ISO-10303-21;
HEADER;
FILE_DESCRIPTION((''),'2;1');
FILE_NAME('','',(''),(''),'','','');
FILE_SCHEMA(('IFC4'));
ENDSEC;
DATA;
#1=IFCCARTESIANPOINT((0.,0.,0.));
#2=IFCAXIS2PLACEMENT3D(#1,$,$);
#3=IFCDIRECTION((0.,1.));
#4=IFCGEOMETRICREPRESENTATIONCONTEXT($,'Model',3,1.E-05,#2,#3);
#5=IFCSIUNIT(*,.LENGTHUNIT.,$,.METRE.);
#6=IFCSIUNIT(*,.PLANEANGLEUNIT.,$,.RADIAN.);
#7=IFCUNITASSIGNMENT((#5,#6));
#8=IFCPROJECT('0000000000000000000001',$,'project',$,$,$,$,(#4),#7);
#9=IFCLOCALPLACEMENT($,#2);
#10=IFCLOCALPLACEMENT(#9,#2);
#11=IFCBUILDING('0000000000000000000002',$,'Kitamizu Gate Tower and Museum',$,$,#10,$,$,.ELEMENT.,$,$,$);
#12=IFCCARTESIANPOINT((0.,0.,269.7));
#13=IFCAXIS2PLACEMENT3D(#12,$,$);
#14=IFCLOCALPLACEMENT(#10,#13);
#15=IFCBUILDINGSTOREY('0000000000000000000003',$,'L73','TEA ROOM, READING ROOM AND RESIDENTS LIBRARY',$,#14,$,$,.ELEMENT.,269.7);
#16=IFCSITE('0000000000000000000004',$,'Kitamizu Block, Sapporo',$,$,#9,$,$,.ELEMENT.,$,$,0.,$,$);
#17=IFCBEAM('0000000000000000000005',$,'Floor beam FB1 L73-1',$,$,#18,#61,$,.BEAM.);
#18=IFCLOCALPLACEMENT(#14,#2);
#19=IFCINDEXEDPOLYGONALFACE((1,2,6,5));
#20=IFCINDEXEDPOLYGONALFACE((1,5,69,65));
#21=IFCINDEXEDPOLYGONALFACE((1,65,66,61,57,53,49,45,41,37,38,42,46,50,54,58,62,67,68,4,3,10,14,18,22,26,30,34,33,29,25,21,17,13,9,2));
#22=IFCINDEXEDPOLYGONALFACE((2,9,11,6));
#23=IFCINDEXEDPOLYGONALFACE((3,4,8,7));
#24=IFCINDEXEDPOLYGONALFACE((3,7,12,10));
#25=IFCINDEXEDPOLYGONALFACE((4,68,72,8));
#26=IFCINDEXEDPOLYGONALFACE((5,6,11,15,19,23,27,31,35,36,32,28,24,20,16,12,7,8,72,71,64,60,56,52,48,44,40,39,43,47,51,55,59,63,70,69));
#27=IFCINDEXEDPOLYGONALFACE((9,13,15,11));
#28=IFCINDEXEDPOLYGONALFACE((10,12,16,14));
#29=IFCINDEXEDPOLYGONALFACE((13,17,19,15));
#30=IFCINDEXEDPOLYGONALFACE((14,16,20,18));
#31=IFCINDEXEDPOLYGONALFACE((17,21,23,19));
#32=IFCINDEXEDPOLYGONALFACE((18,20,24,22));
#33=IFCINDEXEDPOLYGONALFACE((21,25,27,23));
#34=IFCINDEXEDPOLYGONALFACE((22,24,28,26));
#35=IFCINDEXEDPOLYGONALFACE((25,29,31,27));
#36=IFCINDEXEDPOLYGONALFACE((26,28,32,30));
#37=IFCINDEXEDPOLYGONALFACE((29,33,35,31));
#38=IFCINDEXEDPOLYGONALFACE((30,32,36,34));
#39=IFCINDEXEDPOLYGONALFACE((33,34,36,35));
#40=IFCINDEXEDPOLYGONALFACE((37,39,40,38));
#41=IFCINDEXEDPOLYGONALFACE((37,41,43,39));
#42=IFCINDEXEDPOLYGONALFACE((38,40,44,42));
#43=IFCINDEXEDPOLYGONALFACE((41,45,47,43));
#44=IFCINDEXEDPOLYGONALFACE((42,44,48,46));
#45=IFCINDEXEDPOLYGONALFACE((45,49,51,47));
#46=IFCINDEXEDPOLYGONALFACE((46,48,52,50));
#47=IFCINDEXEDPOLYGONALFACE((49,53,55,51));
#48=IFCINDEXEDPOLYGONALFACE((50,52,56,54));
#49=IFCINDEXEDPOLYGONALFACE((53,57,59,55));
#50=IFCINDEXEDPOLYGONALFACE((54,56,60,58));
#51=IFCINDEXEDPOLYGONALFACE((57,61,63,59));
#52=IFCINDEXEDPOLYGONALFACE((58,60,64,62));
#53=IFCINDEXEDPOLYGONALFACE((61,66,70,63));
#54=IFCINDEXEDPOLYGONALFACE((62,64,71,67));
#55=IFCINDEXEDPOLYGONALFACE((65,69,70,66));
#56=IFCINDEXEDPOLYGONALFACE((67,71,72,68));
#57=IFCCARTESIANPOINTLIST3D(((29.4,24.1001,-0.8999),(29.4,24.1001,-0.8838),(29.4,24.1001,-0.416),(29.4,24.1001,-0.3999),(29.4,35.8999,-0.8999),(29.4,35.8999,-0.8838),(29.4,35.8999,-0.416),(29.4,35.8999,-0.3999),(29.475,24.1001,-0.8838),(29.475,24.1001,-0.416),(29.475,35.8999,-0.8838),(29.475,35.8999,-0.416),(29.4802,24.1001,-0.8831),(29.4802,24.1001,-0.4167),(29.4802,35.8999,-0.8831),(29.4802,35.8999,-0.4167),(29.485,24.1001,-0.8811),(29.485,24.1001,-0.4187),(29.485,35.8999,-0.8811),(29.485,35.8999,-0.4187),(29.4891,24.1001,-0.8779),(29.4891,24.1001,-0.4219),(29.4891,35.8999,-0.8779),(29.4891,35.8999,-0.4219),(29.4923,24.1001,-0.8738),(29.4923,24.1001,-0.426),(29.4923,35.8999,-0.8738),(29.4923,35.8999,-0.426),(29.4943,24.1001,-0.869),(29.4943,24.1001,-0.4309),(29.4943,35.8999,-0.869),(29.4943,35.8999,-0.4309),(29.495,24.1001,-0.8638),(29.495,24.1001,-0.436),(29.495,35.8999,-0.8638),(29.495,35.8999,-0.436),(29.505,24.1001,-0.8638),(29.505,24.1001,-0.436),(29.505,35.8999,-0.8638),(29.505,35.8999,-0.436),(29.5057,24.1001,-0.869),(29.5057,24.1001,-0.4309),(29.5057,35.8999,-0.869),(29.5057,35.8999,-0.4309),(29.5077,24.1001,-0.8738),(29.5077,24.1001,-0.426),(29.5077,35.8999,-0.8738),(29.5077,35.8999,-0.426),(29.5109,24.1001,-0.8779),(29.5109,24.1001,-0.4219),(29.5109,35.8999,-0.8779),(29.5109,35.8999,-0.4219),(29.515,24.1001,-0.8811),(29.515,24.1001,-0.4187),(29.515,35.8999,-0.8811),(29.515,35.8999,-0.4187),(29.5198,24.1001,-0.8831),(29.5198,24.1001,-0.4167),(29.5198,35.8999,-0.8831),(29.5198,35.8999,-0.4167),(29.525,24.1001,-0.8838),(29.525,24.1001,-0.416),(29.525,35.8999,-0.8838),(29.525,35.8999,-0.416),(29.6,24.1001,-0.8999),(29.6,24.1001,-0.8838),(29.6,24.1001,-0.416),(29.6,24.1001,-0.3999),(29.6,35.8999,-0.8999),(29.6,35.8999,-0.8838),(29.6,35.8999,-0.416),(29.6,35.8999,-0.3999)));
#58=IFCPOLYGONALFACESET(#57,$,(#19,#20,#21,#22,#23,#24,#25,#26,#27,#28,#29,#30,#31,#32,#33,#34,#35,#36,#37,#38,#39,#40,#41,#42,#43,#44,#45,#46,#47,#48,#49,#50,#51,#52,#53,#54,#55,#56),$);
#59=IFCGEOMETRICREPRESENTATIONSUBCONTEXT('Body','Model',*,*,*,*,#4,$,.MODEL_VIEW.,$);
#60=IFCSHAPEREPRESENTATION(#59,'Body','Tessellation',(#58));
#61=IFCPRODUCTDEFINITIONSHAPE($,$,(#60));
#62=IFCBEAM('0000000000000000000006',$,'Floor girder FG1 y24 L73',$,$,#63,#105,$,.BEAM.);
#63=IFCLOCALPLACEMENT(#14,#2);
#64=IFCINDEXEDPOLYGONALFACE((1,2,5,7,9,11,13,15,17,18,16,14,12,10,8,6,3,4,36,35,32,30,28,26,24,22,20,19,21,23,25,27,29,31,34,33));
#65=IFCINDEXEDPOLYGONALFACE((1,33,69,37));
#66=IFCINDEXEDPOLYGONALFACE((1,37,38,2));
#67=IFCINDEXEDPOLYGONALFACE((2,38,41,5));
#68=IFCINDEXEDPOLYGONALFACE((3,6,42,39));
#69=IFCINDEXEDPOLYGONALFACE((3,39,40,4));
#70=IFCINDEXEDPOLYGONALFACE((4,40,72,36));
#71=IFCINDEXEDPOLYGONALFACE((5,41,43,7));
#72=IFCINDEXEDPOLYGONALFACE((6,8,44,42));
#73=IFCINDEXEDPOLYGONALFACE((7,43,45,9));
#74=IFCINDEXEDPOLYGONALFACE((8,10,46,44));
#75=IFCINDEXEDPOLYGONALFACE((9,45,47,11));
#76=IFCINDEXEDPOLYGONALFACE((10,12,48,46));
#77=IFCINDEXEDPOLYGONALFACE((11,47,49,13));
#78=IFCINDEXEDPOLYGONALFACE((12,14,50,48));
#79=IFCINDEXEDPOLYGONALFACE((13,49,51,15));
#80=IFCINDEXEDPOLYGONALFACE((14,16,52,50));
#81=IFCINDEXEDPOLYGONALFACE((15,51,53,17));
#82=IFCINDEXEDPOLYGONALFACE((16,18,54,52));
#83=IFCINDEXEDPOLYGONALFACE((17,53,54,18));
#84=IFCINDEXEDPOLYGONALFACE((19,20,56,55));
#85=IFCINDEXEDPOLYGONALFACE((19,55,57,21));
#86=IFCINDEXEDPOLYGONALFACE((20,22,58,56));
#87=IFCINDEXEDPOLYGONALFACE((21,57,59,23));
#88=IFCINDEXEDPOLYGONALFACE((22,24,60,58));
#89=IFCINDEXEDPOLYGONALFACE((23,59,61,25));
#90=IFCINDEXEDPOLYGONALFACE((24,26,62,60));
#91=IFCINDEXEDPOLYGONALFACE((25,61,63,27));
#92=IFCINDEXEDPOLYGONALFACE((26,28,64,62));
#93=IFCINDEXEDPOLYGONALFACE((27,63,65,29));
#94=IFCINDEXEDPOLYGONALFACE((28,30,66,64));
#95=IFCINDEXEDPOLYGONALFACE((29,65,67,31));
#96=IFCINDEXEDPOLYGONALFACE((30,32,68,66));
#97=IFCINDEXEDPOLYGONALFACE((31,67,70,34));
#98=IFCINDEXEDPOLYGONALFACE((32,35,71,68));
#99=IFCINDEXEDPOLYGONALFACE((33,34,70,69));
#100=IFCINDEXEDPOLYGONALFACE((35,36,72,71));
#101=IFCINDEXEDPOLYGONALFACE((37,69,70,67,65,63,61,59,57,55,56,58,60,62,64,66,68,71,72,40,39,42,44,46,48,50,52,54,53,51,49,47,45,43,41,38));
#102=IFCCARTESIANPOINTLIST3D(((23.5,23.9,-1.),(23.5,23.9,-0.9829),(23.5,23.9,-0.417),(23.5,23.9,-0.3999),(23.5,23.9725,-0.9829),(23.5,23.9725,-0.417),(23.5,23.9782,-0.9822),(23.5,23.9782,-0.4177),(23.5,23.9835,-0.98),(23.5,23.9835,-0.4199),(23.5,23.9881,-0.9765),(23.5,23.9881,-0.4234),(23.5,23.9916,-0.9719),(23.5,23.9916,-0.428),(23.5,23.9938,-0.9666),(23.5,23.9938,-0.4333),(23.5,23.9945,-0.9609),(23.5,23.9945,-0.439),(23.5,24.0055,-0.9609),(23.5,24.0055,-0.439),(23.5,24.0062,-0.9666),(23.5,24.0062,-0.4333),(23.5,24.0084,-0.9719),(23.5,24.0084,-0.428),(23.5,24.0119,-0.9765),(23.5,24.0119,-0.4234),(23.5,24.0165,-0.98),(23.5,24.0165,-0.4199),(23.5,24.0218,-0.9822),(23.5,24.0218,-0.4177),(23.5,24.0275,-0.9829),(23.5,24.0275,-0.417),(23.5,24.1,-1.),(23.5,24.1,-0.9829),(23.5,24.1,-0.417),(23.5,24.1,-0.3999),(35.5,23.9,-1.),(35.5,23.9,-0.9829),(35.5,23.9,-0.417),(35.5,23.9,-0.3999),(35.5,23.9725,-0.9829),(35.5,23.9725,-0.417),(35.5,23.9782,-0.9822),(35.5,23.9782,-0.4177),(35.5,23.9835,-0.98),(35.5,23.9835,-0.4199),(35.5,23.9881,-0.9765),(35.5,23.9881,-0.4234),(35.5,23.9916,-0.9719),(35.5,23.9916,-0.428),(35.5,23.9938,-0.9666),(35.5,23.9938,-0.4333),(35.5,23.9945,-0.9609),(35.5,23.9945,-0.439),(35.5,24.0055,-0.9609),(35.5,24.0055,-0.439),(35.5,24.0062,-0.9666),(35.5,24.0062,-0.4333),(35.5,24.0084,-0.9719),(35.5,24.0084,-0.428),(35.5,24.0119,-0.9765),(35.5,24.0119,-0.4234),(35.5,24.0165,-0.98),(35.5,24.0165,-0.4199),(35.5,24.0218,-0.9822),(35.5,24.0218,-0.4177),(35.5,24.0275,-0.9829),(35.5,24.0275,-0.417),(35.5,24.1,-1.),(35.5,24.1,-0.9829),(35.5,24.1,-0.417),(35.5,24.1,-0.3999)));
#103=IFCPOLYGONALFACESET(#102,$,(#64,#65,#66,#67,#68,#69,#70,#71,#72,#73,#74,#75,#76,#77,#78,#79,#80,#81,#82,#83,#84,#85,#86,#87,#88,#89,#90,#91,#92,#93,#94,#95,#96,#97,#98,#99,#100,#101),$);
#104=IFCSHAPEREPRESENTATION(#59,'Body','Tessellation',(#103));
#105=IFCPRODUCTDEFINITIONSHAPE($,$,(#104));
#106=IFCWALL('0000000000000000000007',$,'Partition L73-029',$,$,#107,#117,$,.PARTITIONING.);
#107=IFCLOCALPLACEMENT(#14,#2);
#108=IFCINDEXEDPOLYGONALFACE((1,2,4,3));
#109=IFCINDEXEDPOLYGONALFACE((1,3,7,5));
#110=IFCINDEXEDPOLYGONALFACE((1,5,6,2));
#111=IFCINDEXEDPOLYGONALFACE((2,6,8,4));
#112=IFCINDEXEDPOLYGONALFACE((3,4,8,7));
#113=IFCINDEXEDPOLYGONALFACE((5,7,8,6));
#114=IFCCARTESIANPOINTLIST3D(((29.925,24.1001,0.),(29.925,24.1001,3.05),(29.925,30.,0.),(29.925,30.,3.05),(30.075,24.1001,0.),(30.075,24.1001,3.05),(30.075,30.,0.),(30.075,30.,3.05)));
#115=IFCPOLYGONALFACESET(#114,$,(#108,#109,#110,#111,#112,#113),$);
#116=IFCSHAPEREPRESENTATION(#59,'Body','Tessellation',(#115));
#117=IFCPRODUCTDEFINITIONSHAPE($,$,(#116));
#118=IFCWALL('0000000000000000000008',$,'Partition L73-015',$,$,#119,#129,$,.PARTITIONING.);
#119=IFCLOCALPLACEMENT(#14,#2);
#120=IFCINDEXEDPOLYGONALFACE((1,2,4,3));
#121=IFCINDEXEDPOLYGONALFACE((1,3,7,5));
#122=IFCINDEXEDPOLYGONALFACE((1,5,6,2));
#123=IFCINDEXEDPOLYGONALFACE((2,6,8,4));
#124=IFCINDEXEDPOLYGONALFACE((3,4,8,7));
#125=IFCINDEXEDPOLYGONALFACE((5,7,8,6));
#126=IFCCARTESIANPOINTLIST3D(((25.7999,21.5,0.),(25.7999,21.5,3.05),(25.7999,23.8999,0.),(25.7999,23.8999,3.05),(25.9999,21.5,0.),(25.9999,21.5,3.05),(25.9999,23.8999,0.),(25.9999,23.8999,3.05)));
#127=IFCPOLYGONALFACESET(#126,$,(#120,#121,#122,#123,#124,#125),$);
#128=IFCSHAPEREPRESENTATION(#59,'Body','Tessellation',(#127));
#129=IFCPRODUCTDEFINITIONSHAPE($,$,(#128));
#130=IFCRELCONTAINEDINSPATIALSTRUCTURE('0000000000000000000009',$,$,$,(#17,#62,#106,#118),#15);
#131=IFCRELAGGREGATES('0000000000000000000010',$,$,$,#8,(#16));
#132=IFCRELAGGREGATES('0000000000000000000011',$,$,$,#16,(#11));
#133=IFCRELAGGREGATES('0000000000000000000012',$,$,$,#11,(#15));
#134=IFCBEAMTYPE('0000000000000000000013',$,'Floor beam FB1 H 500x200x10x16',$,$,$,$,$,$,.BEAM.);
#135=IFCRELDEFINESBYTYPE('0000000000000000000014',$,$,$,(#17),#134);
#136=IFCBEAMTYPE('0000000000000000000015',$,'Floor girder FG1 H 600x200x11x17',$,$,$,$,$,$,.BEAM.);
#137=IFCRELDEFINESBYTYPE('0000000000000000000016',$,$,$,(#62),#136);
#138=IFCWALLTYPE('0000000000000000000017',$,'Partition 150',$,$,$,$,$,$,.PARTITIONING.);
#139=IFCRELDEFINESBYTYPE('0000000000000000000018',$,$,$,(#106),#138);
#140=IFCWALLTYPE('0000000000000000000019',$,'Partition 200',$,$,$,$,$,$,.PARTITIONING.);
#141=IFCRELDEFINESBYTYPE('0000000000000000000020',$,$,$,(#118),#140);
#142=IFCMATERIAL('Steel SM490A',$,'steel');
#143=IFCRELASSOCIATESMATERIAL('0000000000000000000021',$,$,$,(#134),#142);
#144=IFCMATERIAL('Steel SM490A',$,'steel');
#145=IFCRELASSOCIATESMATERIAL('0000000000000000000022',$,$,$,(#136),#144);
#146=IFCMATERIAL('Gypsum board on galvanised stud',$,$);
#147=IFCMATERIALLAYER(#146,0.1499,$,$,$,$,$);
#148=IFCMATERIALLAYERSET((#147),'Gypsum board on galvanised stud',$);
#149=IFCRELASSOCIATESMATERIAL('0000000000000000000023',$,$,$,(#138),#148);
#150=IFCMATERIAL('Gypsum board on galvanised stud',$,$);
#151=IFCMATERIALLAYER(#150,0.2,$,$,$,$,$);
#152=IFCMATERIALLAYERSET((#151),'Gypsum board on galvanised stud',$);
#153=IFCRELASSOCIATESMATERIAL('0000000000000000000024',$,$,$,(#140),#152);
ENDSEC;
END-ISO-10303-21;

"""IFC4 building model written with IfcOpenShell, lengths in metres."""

from ifc_helpers import new_model, si_unit, direction, frame, frame_2d, origin, origin_2d, place, context, subcontext, project, spatial, rectangle, i_section, extrude, material, layer, layer_set, material_profile, profile_set, type_object, element, save


model = new_model("IFC4")

# Units and contexts
model_context = context("Model", 3, precision=1e-05, world=origin(), true_north=direction((0.0, 1.0)))
body_context = subcontext(model_context, "Body", "Model", "MODEL_VIEW")
ifc_project = project(units=[si_unit("LENGTHUNIT", "METRE"), si_unit("PLANEANGLEUNIT", "RADIAN")], contexts=[model_context])

# Site, building, storey
site_placement = place(None, origin())
site = spatial("IfcSite", under=ifc_project, at=site_placement, Name="Kitamizu Block, Sapporo", CompositionType="ELEMENT", RefElevation=0.0)
building_placement = place(site_placement, origin())
building = spatial("IfcBuilding", under=site, at=building_placement, Name="Kitamizu Gate Tower and Museum", CompositionType="ELEMENT")
storey_placement = place(building_placement, frame((0.0, 0.0, 269.7)))
storey = spatial("IfcBuildingStorey", under=building, at=storey_placement, Name="L73", Description="TEA ROOM, READING ROOM AND RESIDENTS LIBRARY", CompositionType="ELEMENT", Elevation=269.7)

# Beams
ifc_material_1 = material(Name="Steel SM490A", Category="steel")
ifc_material_profile_1 = material_profile(ifc_material_1, i_section(OverallWidth=0.2, OverallDepth=0.5, WebThickness=0.01, FlangeThickness=0.0161, FilletRadius=0.02, at=origin_2d()), Name="H-500x200x10x16")
ifc_profile_set_1 = profile_set([ifc_material_profile_1], Name="Steel SM490A")
beam_type_1 = type_object("IfcBeamType", Name="Floor beam FB1 H 500x200x10x16", PredefinedType="BEAM", material=ifc_profile_set_1)
beam_1_placement = place(storey_placement, frame((29.5, 24.1001, -0.6499), z_axis=(0.0, 1.0, 0.0), x_axis=(-1.0, 0.0, 0.0)))
element("IfcBeam", 1, at=beam_1_placement, inside=storey, type_object=beam_type_1, Name="Floor beam FB1 L73-1", PredefinedType="BEAM", context=body_context, shape_type="SweptSolid", body=[
    extrude(i_section(OverallWidth=0.2, OverallDepth=0.5, WebThickness=0.01, FlangeThickness=0.0161, FilletRadius=0.02, at=origin_2d()), origin(), (0.0, 0.0, 1.0), 11.7998),
])
ifc_material_2 = material(Name="Steel SM490A", Category="steel")
ifc_material_profile_2 = material_profile(ifc_material_2, i_section(OverallWidth=0.2, OverallDepth=0.6001, WebThickness=0.011, FlangeThickness=0.0171, FilletRadius=0.022, at=origin_2d()), Name="H-600x200x11x17")
ifc_profile_set_2 = profile_set([ifc_material_profile_2], Name="Steel SM490A")
beam_type_2 = type_object("IfcBeamType", Name="Floor girder FG1 H 600x200x11x17", PredefinedType="BEAM", material=ifc_profile_set_2)
beam_2_placement = place(storey_placement, frame((23.5, 24.0, -0.7), z_axis=(1.0, 0.0, 0.0), x_axis=(0.0, 1.0, 0.0)))
element("IfcBeam", 2, at=beam_2_placement, inside=storey, type_object=beam_type_2, Name="Floor girder FG1 y24 L73", PredefinedType="BEAM", context=body_context, shape_type="SweptSolid", body=[
    extrude(i_section(OverallWidth=0.2, OverallDepth=0.6001, WebThickness=0.011, FlangeThickness=0.0171, FilletRadius=0.022, at=origin_2d()), origin(), (0.0, 0.0, 1.0), 12.0),
])

# Walls
ifc_material_3 = material(Name="Gypsum board on galvanised stud")
ifc_layer_1 = layer(ifc_material_3, 0.1499)
ifc_layer_set_1 = layer_set([ifc_layer_1], Name="Gypsum board on galvanised stud")
wall_type_1 = type_object("IfcWallType", Name="Partition 150", PredefinedType="PARTITIONING", material=ifc_layer_set_1)
wall_1_placement = place(storey_placement, frame((30.0, 24.1001, 0.0), z_axis=(0.0, 0.0, 1.0), x_axis=(0.0, 1.0, 0.0)))
element("IfcWall", 3, at=wall_1_placement, inside=storey, type_object=wall_type_1, Name="Partition L73-029", PredefinedType="PARTITIONING", context=body_context, shape_type="SweptSolid", body=[
    extrude(rectangle(XDim=5.8999, YDim=0.1499, at=frame_2d((2.95, 0.0))), origin(), (0.0, 0.0, 1.0), 3.05),
])
ifc_material_4 = material(Name="Gypsum board on galvanised stud")
ifc_layer_2 = layer(ifc_material_4, 0.2)
ifc_layer_set_2 = layer_set([ifc_layer_2], Name="Gypsum board on galvanised stud")
wall_type_2 = type_object("IfcWallType", Name="Partition 200", PredefinedType="PARTITIONING", material=ifc_layer_set_2)
wall_2_placement = place(storey_placement, frame((25.8999, 23.8999, 0.0), z_axis=(0.0, 0.0, 1.0), x_axis=(0.0, -1.0, 0.0)))
element("IfcWall", 4, at=wall_2_placement, inside=storey, type_object=wall_type_2, Name="Partition L73-015", PredefinedType="PARTITIONING", context=body_context, shape_type="SweptSolid", body=[
    extrude(rectangle(XDim=2.3999, YDim=0.2, at=frame_2d((1.2, 0.0))), origin(), (0.0, 0.0, 1.0), 3.05),
])

save(model, "model.ifc")
